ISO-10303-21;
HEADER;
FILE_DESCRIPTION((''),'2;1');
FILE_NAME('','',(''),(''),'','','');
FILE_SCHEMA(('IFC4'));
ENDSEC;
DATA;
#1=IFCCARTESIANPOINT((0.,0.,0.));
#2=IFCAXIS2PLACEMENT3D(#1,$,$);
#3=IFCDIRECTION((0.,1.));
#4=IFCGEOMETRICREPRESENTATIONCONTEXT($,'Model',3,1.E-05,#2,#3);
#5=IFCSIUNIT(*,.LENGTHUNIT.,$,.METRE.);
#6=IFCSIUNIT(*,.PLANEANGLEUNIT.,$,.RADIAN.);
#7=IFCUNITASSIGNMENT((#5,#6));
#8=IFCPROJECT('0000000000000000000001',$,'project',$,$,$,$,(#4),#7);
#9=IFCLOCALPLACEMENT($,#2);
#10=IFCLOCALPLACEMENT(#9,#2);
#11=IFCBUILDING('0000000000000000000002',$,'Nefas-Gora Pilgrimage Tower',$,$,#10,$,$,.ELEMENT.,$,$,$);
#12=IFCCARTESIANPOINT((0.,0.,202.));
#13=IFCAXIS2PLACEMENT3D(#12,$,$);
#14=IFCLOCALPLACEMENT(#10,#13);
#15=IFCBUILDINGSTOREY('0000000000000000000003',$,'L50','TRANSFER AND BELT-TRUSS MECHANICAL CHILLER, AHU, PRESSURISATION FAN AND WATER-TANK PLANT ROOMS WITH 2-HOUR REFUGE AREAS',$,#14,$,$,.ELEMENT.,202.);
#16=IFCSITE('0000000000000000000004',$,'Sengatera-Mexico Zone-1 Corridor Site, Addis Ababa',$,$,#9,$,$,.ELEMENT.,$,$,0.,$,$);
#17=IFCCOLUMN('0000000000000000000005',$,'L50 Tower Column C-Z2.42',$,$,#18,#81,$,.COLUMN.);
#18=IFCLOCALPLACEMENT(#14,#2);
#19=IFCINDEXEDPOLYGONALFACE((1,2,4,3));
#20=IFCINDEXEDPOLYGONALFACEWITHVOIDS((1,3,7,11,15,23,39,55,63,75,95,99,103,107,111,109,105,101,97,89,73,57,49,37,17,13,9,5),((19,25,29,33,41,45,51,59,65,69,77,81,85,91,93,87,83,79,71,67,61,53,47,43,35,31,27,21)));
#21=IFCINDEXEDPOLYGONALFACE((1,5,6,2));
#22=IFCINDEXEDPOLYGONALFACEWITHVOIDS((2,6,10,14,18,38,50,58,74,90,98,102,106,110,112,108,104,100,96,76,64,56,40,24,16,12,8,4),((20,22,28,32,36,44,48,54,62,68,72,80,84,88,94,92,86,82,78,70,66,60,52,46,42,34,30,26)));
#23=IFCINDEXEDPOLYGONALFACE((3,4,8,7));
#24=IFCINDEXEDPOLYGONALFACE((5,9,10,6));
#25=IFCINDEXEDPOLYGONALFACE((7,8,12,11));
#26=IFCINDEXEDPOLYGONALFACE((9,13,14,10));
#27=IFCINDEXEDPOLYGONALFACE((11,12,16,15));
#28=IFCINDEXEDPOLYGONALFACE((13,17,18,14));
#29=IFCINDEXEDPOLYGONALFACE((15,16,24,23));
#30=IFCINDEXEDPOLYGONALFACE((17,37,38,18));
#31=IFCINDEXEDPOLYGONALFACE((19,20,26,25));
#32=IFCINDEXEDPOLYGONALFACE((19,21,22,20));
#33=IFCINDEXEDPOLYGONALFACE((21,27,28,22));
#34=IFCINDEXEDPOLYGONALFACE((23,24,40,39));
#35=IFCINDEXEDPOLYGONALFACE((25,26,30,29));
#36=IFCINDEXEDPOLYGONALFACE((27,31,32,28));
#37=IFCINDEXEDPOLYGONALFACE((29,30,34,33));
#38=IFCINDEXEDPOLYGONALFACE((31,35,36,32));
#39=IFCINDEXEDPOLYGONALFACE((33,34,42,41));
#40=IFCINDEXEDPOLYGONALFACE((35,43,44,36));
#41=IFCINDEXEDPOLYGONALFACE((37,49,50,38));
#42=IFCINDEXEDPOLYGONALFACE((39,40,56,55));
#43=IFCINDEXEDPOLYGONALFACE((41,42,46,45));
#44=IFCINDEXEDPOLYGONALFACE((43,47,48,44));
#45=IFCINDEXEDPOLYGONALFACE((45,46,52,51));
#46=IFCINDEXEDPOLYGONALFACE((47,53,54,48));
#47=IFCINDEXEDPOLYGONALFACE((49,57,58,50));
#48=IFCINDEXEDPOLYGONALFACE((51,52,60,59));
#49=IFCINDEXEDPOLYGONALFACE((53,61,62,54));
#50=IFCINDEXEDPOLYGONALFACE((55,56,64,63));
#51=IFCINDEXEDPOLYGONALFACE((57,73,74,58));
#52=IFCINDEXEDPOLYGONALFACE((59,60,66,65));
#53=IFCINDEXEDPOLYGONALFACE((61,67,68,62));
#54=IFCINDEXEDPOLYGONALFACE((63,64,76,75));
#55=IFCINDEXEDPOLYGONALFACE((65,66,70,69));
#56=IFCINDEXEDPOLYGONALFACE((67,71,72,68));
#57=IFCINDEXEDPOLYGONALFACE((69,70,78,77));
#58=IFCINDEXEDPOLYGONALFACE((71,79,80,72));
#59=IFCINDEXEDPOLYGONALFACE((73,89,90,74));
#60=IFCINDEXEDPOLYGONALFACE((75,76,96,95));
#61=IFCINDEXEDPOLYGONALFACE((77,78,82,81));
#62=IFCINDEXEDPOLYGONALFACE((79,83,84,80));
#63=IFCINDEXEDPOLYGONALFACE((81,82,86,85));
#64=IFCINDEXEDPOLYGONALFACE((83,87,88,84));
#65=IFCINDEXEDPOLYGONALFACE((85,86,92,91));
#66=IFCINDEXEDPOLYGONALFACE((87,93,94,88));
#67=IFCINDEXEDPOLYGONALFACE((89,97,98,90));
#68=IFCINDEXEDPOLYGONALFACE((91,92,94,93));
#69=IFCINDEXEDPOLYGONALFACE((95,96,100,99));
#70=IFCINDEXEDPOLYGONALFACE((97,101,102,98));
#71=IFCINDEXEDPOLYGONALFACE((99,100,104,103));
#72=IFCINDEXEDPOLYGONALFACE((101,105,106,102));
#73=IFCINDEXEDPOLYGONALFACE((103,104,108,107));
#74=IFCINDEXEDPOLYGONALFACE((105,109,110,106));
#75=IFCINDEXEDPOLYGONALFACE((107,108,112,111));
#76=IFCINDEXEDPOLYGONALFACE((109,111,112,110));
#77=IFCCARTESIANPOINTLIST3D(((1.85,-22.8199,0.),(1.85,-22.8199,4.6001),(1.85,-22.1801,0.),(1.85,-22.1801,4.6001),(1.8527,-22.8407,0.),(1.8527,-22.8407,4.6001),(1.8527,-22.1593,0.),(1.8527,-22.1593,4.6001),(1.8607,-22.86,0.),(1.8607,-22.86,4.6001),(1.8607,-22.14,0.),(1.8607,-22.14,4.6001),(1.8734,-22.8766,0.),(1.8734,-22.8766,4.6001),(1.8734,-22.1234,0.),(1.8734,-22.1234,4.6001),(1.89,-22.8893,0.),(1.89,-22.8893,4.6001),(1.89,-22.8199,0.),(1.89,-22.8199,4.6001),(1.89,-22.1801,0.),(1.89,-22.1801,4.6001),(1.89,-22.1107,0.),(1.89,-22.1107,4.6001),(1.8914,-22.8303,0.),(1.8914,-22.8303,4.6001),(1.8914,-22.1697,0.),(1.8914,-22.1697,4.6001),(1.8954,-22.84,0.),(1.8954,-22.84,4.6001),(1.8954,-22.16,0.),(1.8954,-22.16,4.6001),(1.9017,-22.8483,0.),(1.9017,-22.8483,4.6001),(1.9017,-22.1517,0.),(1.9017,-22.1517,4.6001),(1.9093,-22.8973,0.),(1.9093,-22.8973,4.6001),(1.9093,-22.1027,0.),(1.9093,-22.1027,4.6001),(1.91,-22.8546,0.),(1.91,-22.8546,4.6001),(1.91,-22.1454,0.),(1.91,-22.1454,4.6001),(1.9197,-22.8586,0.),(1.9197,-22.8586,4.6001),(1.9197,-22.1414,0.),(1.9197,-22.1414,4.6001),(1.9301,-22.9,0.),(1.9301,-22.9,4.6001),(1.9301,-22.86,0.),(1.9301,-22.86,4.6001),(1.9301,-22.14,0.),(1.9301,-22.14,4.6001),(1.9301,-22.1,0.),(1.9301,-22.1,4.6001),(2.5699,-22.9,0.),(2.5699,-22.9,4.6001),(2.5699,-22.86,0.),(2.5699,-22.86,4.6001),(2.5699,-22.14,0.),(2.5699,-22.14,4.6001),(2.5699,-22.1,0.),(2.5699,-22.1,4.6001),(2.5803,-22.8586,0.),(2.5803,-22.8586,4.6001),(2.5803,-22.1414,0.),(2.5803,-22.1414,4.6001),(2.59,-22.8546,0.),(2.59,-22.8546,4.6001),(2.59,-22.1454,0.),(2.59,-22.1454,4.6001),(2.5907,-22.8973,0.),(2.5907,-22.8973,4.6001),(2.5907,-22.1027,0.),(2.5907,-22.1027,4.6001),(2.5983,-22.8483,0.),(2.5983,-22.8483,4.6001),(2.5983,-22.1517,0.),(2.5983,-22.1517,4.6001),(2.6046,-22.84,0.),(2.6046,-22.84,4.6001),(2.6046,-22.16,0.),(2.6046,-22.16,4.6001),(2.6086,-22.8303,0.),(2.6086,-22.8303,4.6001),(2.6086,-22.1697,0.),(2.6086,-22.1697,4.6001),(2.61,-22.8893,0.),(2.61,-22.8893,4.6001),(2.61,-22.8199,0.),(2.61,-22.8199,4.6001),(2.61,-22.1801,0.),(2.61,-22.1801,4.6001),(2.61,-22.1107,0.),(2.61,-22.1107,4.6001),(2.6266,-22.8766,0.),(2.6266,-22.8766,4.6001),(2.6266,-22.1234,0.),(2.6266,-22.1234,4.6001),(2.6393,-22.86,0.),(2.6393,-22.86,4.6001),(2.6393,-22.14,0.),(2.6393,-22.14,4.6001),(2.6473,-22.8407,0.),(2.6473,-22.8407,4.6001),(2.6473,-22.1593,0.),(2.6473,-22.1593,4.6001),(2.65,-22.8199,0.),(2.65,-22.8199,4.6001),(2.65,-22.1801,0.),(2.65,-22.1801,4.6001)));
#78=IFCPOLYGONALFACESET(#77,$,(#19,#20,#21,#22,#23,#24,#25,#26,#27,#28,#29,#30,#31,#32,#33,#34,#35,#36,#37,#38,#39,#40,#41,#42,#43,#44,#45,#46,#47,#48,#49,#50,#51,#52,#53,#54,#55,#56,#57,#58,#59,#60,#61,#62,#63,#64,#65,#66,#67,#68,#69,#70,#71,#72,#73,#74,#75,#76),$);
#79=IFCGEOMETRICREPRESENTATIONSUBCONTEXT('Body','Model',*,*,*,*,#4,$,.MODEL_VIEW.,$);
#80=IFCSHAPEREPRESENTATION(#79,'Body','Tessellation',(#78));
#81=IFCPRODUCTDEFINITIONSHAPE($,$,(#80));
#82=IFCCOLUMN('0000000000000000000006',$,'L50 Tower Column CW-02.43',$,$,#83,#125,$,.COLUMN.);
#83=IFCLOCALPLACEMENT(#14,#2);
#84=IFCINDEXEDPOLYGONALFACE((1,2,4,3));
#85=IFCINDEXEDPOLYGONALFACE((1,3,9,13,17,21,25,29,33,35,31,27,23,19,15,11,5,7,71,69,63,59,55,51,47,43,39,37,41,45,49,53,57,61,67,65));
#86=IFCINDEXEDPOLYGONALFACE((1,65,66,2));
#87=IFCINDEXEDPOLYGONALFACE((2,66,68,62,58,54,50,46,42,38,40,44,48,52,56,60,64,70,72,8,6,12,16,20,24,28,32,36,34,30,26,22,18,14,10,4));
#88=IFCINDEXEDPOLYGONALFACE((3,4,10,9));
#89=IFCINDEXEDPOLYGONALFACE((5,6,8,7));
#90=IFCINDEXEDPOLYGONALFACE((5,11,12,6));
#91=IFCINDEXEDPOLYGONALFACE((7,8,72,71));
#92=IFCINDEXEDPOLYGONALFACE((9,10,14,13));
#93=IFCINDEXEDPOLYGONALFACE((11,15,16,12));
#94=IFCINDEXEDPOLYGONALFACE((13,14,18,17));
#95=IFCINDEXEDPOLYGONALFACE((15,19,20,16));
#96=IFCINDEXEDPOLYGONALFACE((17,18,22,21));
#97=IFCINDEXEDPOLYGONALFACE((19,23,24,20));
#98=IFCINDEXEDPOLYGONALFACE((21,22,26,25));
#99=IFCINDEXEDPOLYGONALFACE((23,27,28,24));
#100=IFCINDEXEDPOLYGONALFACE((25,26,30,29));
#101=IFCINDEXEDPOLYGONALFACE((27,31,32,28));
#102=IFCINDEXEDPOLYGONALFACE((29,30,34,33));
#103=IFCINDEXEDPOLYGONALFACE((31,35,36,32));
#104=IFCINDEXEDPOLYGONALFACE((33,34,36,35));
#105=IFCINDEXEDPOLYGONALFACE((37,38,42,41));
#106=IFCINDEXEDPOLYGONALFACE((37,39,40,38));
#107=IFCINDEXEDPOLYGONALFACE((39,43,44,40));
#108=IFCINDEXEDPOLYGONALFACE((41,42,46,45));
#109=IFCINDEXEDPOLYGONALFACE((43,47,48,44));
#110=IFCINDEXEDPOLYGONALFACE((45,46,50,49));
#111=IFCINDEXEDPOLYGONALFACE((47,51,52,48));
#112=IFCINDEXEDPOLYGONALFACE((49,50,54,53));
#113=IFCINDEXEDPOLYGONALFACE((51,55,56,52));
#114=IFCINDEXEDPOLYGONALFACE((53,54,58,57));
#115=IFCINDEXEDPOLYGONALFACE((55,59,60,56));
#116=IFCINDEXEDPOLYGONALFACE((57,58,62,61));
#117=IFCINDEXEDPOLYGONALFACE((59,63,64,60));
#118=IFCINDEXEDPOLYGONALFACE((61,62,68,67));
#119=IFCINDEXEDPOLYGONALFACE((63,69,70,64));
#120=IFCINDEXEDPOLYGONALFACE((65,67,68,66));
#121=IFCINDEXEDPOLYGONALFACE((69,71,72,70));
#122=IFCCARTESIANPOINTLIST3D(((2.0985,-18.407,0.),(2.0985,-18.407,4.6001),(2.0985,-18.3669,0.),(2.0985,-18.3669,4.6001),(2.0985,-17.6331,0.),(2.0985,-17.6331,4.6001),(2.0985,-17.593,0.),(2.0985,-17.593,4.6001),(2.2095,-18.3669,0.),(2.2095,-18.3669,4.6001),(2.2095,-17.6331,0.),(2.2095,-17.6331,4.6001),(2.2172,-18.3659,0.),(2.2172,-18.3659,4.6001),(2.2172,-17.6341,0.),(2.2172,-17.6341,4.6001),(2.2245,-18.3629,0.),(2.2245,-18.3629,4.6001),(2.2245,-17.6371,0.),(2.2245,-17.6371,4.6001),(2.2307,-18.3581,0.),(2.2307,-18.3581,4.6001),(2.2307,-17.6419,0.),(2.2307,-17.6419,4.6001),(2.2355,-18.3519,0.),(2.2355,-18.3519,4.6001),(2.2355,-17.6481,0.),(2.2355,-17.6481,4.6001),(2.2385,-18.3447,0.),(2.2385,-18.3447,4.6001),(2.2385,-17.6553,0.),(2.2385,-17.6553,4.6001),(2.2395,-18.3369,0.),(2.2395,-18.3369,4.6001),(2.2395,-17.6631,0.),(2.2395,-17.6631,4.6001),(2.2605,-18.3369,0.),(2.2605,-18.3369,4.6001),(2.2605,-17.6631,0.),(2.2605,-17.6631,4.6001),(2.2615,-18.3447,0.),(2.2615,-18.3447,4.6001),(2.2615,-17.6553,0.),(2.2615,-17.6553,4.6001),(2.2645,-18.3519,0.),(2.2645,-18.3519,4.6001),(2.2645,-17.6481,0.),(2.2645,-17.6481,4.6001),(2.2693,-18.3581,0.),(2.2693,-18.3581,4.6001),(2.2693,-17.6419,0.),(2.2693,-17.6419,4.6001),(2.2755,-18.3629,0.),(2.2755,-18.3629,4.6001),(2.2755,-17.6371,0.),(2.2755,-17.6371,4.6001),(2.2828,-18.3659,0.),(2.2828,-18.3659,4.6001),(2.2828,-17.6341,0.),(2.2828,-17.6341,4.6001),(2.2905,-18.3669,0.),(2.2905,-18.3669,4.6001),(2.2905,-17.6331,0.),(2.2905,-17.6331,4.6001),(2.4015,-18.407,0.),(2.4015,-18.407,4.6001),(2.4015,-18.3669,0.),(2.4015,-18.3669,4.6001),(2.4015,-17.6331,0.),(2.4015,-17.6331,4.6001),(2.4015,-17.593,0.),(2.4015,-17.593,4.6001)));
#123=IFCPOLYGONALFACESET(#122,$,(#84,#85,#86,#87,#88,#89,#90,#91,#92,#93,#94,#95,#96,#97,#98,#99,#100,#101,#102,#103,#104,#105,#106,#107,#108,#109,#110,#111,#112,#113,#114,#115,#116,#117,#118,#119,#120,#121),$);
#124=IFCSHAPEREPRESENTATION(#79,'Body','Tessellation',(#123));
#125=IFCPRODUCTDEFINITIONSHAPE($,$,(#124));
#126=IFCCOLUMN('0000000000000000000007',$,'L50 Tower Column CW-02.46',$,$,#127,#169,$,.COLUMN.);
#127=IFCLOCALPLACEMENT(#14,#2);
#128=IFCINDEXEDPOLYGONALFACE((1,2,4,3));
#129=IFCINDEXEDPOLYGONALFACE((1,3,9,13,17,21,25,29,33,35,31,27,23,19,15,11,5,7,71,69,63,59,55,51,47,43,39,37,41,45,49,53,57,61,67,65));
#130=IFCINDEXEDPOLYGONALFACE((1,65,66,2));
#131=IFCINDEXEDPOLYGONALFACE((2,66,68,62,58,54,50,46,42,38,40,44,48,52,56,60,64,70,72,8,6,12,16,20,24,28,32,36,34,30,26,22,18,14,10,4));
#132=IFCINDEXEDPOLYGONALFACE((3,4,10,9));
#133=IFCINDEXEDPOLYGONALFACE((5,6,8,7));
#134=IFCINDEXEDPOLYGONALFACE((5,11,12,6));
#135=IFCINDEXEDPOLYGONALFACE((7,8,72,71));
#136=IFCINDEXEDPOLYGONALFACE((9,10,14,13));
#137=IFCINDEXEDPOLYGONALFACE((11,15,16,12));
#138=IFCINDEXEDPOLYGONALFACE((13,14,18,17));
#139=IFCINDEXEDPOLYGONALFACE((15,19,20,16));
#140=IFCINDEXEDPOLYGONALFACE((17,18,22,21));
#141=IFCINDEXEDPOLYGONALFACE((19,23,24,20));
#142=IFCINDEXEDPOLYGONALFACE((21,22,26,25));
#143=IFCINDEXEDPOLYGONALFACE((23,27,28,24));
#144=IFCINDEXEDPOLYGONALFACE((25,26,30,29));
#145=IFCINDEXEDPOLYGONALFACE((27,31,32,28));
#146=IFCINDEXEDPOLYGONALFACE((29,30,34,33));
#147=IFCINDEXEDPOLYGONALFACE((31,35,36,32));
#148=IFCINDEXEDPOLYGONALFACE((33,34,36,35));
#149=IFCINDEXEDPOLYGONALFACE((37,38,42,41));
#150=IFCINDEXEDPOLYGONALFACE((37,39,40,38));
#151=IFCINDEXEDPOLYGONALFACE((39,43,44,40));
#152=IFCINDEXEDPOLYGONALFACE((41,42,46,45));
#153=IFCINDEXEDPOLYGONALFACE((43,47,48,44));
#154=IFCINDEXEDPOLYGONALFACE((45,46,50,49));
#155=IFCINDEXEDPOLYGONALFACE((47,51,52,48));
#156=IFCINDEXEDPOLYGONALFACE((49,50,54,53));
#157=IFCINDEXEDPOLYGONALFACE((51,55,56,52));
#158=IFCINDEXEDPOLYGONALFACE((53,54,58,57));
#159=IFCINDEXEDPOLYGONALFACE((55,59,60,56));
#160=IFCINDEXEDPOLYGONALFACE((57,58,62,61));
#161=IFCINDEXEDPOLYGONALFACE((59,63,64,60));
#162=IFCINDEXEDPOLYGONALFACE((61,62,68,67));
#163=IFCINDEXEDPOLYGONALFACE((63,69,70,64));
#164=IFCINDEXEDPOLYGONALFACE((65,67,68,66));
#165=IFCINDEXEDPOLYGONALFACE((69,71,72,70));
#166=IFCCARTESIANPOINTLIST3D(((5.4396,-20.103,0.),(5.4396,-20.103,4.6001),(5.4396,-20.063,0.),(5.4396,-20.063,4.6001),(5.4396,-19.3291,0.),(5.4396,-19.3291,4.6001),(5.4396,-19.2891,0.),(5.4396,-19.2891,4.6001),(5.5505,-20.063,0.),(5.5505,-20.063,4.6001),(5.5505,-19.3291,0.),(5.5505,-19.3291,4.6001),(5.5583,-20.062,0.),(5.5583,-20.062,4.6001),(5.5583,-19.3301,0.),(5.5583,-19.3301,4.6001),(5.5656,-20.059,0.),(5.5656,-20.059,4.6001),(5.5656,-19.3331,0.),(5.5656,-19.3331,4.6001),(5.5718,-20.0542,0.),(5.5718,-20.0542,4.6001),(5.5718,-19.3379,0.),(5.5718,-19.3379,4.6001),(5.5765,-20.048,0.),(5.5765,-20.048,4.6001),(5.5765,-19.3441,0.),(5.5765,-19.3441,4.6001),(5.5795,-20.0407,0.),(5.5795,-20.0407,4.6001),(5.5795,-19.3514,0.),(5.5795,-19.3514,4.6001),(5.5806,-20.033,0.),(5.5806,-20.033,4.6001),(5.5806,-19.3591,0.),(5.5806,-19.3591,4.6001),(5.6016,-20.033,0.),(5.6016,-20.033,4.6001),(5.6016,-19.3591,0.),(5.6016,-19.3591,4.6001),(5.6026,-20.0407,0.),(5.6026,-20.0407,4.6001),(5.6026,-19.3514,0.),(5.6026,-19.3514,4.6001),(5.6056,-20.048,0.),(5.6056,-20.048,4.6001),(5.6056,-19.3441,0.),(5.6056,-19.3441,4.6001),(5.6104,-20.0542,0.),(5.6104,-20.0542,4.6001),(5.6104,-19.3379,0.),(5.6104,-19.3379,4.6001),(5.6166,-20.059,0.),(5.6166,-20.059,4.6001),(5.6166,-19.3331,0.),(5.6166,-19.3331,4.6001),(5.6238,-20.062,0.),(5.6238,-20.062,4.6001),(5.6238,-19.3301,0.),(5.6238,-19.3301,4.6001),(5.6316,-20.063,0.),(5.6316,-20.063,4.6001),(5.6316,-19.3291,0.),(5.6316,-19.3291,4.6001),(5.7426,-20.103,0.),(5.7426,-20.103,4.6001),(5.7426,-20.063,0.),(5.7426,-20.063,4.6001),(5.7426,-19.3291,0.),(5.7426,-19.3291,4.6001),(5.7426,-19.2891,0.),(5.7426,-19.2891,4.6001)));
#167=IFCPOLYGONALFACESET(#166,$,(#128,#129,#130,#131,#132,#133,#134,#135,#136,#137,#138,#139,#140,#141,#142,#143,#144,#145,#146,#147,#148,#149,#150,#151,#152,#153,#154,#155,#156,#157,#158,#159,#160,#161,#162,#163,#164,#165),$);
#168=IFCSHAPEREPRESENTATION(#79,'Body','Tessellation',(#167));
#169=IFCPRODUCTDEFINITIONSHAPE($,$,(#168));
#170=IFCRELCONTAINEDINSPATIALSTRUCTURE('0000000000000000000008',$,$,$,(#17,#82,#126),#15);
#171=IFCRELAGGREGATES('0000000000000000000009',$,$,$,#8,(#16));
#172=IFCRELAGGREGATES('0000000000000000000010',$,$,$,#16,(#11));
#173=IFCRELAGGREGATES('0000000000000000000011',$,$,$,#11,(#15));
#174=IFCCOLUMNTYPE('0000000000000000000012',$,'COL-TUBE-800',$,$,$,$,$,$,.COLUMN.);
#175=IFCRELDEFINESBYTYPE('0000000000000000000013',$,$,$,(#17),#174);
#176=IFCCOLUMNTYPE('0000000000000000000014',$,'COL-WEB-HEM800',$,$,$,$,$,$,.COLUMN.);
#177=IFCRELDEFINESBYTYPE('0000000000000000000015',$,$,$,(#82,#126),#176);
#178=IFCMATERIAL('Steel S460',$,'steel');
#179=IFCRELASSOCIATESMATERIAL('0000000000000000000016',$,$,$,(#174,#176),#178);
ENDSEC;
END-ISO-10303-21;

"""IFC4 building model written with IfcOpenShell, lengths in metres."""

from ifc_helpers import new_model, si_unit, direction, frame, origin, origin_2d, place, context, subcontext, project, spatial, hollow_rectangle, i_section, extrude, source, transform, mapped, material, material_profile, profile_set, type_object, element, save


model = new_model("IFC4")

# Units and contexts
model_context = context("Model", 3, precision=1e-05, world=origin(), true_north=direction((0.0, 1.0)))
body_context = subcontext(model_context, "Body", "Model", "MODEL_VIEW")
ifc_project = project(units=[si_unit("LENGTHUNIT", "METRE"), si_unit("PLANEANGLEUNIT", "RADIAN")], contexts=[model_context])

# Site, building, storey
site_placement = place(None, origin())
site = spatial("IfcSite", under=ifc_project, at=site_placement, Name="Sengatera-Mexico Zone-1 Corridor Site, Addis Ababa", CompositionType="ELEMENT", RefElevation=0.0)
building_placement = place(site_placement, origin())
building = spatial("IfcBuilding", under=site, at=building_placement, Name="Nefas-Gora Pilgrimage Tower", CompositionType="ELEMENT")
storey_placement = place(building_placement, frame((0.0, 0.0, 202.0)))
storey = spatial("IfcBuildingStorey", under=building, at=storey_placement, Name="L50", Description="TRANSFER AND BELT-TRUSS MECHANICAL CHILLER, AHU, PRESSURISATION FAN AND WATER-TANK PLANT ROOMS WITH 2-HOUR REFUGE AREAS", CompositionType="ELEMENT", Elevation=202.0)

# Columns
ifc_material_1 = material(Name="Steel S460", Category="steel")
ifc_material_profile_1 = material_profile(ifc_material_1, hollow_rectangle(XDim=0.8, YDim=0.8, WallThickness=0.04, InnerFilletRadius=0.04, OuterFilletRadius=0.0801, at=origin_2d()), Name="BOX 800x800x40")
ifc_profile_set_1 = profile_set([ifc_material_profile_1], Name="Steel S460")
column_type_1 = type_object("IfcColumnType", Name="COL-TUBE-800", PredefinedType="COLUMN", material=ifc_profile_set_1)
shared_shape_1 = source(origin(), body_context, "Body", "SweptSolid", [
    extrude(hollow_rectangle(XDim=0.8, YDim=0.8, WallThickness=0.04, InnerFilletRadius=0.04, OuterFilletRadius=0.0801, at=origin_2d()), origin(), (0.0, 0.0, 1.0), 4.6001),
])
column_placement = place(storey_placement, frame((2.25, -22.5, 0.0), z_axis=(0.0, 0.0, 1.0), x_axis=(1.0, 0.0, 0.0)))
element("IfcColumn", 1, at=column_placement, inside=storey, type_object=column_type_1, Name="L50 Tower Column C-Z2.42", PredefinedType="COLUMN", context=body_context, shape_type="MappedRepresentation", body=[
    mapped(shared_shape_1, transform((0.0, 0.0, 0.0), x_axis=(1.0, 0.0, 0.0), y_axis=(0.0, 1.0, 0.0), z_axis=(0.0, 0.0, 1.0), scale=1.0)),
])
ifc_material_profile_2 = material_profile(ifc_material_1, i_section(OverallWidth=0.303, OverallDepth=0.814, WebThickness=0.021, FlangeThickness=0.04, FilletRadius=0.03, at=origin_2d()), Name="HEM 800")
ifc_profile_set_2 = profile_set([ifc_material_profile_2], Name="Steel S460")
column_type_2 = type_object("IfcColumnType", Name="COL-WEB-HEM800", PredefinedType="COLUMN", material=ifc_profile_set_2)
shared_shape_2 = source(origin(), body_context, "Body", "SweptSolid", [
    extrude(i_section(OverallWidth=0.303, OverallDepth=0.814, WebThickness=0.021, FlangeThickness=0.04, FilletRadius=0.03, at=origin_2d()), origin(), (0.0, 0.0, 1.0), 4.6001),
])
for number, where, z_axis, x_axis, name in (
    (2, (2.25, -18.0, 0.0), (0.0, 0.0, 1.0), (1.0, 0.0, 0.0), "L50 Tower Column CW-02.43"),
    (3, (5.5911, -19.696, 0.0), (0.0, 0.0, 1.0), (1.0, 0.0, 0.0), "L50 Tower Column CW-02.46"),
):
    element("IfcColumn", number, at=place(storey_placement, frame(where, z_axis=z_axis, x_axis=x_axis)), inside=storey, type_object=column_type_2, Name=name, PredefinedType="COLUMN", context=body_context, shape_type="MappedRepresentation", body=[
        mapped(shared_shape_2, transform((0.0, 0.0, 0.0), x_axis=(1.0, 0.0, 0.0), y_axis=(0.0, 1.0, 0.0), z_axis=(0.0, 0.0, 1.0), scale=1.0)),
    ])

save(model, "model.ifc")
